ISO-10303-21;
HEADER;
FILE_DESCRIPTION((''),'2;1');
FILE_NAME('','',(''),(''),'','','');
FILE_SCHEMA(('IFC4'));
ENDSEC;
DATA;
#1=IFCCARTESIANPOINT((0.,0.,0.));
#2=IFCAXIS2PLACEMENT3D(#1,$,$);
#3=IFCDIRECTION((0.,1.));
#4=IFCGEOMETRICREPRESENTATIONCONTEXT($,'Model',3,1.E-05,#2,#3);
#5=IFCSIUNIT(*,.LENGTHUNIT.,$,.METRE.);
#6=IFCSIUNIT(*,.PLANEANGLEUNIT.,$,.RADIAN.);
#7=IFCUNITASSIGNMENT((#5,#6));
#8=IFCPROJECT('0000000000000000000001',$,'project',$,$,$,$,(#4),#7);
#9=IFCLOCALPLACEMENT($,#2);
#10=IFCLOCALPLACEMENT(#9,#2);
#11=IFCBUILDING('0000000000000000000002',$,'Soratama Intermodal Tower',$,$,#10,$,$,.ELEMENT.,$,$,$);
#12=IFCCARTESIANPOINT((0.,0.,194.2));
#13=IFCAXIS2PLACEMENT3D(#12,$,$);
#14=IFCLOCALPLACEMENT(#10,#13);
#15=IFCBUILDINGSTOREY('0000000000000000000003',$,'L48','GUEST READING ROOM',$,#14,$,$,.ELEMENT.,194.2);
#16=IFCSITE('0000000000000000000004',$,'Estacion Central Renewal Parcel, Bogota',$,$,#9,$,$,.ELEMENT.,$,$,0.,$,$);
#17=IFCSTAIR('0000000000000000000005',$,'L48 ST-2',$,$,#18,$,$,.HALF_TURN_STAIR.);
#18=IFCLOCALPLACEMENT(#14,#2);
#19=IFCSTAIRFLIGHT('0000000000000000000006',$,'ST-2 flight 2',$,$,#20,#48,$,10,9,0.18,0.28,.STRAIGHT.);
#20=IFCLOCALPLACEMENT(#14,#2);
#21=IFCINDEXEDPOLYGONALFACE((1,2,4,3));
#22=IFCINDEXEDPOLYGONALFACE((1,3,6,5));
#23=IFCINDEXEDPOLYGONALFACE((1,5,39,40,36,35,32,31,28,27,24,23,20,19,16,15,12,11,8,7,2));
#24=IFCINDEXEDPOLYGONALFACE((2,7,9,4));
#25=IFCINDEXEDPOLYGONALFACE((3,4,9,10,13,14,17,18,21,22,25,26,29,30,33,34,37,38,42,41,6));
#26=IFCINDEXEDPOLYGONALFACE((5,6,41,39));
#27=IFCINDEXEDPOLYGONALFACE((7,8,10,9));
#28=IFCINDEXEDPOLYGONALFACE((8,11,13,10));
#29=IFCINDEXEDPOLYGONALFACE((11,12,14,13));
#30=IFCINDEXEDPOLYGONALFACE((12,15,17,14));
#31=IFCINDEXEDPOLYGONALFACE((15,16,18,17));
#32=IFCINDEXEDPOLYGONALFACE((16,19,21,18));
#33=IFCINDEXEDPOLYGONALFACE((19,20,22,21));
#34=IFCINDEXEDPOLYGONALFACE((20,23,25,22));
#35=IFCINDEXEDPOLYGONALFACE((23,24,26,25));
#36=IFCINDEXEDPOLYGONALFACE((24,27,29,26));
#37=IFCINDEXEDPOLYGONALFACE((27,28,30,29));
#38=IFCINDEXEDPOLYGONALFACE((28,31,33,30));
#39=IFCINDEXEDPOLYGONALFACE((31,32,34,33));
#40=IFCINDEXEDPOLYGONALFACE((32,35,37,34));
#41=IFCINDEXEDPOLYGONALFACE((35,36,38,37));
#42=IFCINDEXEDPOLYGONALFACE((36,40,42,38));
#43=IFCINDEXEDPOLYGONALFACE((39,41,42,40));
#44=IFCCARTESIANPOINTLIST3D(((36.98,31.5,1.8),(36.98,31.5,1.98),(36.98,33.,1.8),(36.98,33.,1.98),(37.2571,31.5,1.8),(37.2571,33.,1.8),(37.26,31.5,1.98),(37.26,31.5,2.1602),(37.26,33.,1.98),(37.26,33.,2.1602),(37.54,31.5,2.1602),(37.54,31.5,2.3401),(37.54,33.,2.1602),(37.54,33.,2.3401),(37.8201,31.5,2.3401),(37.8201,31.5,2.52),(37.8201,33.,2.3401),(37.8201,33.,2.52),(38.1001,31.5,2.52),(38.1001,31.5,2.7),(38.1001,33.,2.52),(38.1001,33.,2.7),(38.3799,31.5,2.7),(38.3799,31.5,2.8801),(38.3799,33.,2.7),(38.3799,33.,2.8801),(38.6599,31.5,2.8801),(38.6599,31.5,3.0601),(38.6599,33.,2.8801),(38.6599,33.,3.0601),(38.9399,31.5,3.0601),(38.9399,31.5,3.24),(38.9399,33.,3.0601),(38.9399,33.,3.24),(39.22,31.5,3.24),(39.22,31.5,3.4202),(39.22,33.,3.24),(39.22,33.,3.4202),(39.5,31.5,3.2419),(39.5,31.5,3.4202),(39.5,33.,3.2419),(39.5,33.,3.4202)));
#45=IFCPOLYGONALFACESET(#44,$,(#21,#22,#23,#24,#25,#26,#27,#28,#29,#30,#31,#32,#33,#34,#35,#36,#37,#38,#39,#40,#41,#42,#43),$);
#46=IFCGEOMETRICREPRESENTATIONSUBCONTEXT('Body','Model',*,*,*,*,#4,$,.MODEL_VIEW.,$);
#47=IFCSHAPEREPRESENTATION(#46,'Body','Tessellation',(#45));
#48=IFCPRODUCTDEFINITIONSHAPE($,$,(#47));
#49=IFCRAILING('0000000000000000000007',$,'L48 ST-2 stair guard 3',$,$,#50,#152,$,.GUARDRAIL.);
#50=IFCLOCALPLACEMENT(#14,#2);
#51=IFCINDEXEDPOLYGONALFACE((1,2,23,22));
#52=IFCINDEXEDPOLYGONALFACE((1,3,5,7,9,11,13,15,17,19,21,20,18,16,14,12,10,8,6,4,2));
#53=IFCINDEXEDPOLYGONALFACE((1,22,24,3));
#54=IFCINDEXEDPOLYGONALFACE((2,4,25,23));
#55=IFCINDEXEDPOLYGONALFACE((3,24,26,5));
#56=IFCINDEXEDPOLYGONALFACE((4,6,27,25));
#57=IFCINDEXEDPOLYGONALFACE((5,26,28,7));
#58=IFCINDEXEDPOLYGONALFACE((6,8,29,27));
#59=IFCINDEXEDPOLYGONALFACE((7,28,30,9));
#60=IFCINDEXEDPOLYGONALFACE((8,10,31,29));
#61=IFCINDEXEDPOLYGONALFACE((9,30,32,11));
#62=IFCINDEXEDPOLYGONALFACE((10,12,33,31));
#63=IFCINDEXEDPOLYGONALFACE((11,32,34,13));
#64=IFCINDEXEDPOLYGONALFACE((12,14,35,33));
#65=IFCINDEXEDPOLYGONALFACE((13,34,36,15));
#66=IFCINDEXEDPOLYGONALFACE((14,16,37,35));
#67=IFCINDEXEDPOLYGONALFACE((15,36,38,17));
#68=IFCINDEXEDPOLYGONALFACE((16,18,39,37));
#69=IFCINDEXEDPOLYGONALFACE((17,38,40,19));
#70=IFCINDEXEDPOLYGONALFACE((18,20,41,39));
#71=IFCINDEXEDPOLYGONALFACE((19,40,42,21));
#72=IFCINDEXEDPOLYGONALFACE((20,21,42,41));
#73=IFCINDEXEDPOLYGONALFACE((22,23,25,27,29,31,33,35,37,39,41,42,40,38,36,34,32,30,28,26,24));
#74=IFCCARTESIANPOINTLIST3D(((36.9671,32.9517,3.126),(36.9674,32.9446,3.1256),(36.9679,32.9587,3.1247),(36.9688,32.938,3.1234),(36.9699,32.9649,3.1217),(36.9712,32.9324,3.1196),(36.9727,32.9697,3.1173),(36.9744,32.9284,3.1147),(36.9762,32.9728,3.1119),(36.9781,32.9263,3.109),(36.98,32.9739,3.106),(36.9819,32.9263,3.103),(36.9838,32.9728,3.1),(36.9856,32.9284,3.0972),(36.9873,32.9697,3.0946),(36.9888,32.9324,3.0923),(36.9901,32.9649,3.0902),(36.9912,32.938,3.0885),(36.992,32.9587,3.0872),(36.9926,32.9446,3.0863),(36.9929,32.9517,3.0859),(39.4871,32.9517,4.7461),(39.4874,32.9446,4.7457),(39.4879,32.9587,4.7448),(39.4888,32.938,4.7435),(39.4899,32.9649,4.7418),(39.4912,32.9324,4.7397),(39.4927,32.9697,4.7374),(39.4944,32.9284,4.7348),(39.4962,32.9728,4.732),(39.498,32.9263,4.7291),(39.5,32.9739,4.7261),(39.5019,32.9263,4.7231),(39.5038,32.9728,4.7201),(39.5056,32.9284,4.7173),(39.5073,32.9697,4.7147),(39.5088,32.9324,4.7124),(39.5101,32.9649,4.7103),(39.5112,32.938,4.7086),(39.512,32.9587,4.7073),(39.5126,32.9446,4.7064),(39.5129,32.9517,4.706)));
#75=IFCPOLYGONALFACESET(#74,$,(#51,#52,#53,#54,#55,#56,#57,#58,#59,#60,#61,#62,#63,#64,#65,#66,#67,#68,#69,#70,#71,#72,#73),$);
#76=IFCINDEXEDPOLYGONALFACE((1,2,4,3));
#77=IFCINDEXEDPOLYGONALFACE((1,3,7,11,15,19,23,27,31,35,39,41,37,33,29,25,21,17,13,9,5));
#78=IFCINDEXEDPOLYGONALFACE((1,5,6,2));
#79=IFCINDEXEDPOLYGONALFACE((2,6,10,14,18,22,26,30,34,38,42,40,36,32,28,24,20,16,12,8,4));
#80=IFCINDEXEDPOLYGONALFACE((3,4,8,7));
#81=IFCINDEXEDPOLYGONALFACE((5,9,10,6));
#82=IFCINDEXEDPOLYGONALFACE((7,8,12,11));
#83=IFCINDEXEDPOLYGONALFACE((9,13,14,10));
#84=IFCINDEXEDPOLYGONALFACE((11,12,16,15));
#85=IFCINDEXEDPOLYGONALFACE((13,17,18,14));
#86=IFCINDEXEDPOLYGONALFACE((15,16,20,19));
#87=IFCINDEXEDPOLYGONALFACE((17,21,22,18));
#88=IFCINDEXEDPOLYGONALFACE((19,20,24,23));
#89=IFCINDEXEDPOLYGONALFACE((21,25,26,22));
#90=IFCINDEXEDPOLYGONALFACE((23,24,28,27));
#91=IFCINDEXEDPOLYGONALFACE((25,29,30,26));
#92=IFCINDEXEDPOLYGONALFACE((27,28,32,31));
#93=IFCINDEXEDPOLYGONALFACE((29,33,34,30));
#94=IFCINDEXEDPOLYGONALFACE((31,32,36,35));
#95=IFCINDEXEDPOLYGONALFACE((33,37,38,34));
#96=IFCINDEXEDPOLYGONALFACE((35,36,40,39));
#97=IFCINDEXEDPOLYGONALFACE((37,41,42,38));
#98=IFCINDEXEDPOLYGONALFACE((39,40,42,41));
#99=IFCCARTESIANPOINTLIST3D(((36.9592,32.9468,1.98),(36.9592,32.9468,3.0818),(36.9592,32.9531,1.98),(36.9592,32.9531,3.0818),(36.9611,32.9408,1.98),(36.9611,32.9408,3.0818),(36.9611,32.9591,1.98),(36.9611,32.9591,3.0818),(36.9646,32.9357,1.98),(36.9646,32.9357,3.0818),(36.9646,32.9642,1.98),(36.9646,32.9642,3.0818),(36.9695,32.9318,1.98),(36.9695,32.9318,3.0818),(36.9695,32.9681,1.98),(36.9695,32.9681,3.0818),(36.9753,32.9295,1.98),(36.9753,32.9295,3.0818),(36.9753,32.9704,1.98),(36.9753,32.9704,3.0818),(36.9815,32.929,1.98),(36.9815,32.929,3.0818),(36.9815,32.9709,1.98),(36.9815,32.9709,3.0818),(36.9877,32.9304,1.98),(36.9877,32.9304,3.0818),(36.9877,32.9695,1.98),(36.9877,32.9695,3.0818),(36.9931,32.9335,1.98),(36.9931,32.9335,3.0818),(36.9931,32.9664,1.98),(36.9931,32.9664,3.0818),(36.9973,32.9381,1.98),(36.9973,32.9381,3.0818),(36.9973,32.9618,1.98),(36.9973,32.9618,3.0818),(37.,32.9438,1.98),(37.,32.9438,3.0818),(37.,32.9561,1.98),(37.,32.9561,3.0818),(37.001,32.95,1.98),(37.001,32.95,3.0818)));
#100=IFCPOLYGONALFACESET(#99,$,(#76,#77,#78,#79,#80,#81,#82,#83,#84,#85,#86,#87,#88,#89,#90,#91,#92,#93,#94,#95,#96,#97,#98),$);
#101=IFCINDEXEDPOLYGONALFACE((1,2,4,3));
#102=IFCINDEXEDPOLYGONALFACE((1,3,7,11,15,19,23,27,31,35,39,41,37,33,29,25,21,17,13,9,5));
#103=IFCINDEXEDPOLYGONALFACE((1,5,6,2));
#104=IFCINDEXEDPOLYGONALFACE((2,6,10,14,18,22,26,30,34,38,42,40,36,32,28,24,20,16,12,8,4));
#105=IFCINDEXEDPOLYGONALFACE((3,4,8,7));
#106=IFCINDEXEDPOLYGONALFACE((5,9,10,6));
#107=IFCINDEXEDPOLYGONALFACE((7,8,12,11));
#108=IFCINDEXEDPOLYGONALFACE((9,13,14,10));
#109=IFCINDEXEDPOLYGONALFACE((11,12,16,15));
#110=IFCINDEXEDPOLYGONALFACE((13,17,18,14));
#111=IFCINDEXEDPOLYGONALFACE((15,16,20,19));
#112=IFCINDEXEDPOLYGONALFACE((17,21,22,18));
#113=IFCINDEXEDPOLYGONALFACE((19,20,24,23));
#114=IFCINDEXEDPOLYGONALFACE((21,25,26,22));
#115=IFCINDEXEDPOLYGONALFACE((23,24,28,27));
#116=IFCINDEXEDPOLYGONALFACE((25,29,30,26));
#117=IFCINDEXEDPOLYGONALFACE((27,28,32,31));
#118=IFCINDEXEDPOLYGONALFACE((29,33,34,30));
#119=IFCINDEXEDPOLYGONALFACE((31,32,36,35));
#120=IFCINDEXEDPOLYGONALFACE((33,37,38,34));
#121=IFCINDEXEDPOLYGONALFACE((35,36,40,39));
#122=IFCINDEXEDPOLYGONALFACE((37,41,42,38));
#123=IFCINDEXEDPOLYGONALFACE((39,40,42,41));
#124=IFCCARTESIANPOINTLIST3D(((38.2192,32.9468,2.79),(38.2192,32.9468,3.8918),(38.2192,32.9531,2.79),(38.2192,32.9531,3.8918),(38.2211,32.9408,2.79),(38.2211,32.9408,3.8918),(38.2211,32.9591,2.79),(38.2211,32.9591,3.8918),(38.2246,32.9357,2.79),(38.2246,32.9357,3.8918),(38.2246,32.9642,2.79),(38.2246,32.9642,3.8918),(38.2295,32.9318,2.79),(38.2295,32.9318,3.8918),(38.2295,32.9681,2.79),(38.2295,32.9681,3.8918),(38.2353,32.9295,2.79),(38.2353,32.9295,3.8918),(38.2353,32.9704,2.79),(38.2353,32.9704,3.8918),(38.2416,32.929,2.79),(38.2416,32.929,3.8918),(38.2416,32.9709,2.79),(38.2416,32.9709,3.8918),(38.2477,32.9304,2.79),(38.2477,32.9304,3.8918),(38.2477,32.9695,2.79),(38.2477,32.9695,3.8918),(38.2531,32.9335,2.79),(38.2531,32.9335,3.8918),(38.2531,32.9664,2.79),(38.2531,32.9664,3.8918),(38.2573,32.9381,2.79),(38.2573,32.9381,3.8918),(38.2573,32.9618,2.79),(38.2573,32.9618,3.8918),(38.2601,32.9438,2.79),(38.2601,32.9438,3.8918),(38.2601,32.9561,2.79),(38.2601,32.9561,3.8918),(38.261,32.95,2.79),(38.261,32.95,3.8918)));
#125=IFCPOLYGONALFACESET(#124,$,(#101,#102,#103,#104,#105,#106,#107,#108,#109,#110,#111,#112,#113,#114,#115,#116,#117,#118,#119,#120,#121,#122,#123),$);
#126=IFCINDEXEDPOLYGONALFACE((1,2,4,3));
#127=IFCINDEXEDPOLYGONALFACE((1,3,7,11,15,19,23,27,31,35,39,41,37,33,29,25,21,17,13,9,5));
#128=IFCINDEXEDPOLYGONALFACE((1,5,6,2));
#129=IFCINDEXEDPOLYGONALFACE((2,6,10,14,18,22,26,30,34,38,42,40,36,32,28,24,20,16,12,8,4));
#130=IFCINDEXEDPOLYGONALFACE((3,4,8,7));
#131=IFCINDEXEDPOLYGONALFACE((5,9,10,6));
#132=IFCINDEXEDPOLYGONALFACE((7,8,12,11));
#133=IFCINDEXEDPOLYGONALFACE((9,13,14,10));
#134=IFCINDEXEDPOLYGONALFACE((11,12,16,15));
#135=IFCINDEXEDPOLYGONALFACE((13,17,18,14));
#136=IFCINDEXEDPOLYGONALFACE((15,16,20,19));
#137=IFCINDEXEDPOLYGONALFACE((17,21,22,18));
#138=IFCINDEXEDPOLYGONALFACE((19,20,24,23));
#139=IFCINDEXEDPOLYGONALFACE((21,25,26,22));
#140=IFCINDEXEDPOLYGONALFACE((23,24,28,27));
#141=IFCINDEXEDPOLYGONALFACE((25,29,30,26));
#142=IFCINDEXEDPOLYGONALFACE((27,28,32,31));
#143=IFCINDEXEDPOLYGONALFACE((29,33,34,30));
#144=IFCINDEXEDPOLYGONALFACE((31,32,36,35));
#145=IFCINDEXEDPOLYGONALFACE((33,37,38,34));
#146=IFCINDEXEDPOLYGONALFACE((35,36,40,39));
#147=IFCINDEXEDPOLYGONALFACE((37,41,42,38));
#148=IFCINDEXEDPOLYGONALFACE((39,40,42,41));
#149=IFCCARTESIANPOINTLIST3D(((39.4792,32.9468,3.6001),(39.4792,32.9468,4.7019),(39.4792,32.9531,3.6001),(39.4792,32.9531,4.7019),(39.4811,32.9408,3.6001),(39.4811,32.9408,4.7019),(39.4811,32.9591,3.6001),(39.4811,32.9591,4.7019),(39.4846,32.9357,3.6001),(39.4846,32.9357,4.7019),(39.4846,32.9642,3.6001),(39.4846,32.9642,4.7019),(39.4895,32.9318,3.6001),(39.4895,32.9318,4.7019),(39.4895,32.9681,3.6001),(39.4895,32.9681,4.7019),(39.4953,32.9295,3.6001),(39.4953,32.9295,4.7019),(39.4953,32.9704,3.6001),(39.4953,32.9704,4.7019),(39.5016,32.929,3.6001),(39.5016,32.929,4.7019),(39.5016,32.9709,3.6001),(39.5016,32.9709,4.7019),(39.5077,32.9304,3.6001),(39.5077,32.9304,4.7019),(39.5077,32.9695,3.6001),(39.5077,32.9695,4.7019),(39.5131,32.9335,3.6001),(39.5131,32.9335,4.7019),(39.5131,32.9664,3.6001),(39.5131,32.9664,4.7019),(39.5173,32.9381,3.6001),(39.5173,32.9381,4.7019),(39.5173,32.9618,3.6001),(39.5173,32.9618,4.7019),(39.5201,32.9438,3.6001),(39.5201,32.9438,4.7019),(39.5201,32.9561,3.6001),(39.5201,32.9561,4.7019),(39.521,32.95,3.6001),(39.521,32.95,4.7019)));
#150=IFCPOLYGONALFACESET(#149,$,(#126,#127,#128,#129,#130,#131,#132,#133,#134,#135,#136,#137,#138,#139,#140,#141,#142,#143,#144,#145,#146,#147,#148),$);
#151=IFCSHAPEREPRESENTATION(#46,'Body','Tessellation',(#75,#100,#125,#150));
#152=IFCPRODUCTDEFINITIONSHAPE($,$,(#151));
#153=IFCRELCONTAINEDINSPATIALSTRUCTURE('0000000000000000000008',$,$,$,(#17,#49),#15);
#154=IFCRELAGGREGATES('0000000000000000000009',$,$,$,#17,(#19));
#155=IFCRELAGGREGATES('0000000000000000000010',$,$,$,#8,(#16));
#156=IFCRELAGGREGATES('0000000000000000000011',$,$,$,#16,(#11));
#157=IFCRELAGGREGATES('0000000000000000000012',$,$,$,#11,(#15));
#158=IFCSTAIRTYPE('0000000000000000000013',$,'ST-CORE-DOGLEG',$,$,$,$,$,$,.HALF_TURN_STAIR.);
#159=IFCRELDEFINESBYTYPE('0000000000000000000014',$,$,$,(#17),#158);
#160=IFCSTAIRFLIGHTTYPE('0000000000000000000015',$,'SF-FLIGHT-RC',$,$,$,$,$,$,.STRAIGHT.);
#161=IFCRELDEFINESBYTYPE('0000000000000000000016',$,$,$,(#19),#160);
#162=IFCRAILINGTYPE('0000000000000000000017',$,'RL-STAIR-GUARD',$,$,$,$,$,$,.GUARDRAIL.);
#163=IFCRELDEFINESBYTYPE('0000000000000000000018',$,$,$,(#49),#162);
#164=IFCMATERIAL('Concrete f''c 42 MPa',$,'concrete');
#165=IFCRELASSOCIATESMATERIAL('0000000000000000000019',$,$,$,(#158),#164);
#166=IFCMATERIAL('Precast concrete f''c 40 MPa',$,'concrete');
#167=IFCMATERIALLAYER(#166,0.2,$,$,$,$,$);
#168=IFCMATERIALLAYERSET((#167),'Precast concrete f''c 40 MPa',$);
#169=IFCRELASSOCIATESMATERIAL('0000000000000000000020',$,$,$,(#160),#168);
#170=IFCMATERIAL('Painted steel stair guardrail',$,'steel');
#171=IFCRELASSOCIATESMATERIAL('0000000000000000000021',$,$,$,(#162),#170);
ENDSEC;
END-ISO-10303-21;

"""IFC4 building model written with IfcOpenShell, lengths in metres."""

from ifc_helpers import new_model, si_unit, direction, frame, origin, origin_2d, place, context, subcontext, project, spatial, polyline, circle, outline, extrude, material, layer, layer_set, type_object, element, aggregate, save


model = new_model("IFC4")

# Units and contexts
model_context = context("Model", 3, precision=1e-05, world=origin(), true_north=direction((0.0, 1.0)))
body_context = subcontext(model_context, "Body", "Model", "MODEL_VIEW")
ifc_project = project(units=[si_unit("LENGTHUNIT", "METRE"), si_unit("PLANEANGLEUNIT", "RADIAN")], contexts=[model_context])

# Site, building, storey
site_placement = place(None, origin())
site = spatial("IfcSite", under=ifc_project, at=site_placement, Name="Estacion Central Renewal Parcel, Bogota", CompositionType="ELEMENT", RefElevation=0.0)
building_placement = place(site_placement, origin())
building = spatial("IfcBuilding", under=site, at=building_placement, Name="Soratama Intermodal Tower", CompositionType="ELEMENT")
storey_placement = place(building_placement, frame((0.0, 0.0, 194.2)))
storey = spatial("IfcBuildingStorey", under=building, at=storey_placement, Name="L48", Description="GUEST READING ROOM", CompositionType="ELEMENT", Elevation=194.2)

# Stair, stair flight
ifc_material_1 = material(Name="Concrete f'c 42 MPa", Category="concrete")
stair_type = type_object("IfcStairType", Name="ST-CORE-DOGLEG", PredefinedType="HALF_TURN_STAIR", material=ifc_material_1)
stair_placement = place(storey_placement, origin())
stair = element("IfcStair", 1, at=stair_placement, inside=storey, type_object=stair_type, Name="L48 ST-2", PredefinedType="HALF_TURN_STAIR")
ifc_material_2 = material(Name="Precast concrete f'c 40 MPa", Category="concrete")
ifc_layer_1 = layer(ifc_material_2, 0.2)
ifc_layer_set_1 = layer_set([ifc_layer_1], Name="Precast concrete f'c 40 MPa")
stair_flight_type = type_object("IfcStairFlightType", Name="SF-FLIGHT-RC", PredefinedType="STRAIGHT", material=ifc_layer_set_1)
stair_flight_placement = place(storey_placement, frame((36.98, 32.25, 1.8), z_axis=(0.0, 0.0, 1.0), x_axis=(1.0, 0.0, 0.0)))
stair_flight = element("IfcStairFlight", 2, at=stair_flight_placement, type_object=stair_flight_type, Name="ST-2 flight 2", NumberOfRisers=10, NumberOfTreads=9, PredefinedType="STRAIGHT", RiserHeight=0.18, TreadLength=0.28, context=body_context, shape_type="SweptSolid", body=[
    extrude(outline(polyline([(0.0, 0.0), (0.0, 0.1799), (0.28, 0.1799), (0.28, 0.3601), (0.5601, 0.3601), (0.5601, 0.54), (0.8401, 0.54), (0.8401, 0.72), (1.1201, 0.72), (1.1201, 0.8999), (1.3999, 0.8999), (1.3999, 1.0801), (1.6799, 1.0801), (1.6799, 1.26), (1.96, 1.26), (1.96, 1.4399), (2.24, 1.4399), (2.24, 1.6201), (2.52, 1.6201), (2.52, 1.8), (2.52, 1.4419), (0.2771, 0.0), (0.0, 0.0)])), frame((0.0, 0.75, 0.0), z_axis=(0.0, -1.0, 0.0), x_axis=(1.0, 0.0, 0.0)), (0.0, 0.0, 1.0), 1.5),
])
aggregate(stair, [stair_flight])

# Railing
ifc_material_3 = material(Name="Painted steel stair guardrail", Category="steel")
railing_type_1 = type_object("IfcRailingType", Name="RL-STAIR-GUARD", PredefinedType="GUARDRAIL", material=ifc_material_3)
railing_1_placement = place(storey_placement, frame((36.98, 32.95, 1.98)))
element("IfcRailing", 3, at=railing_1_placement, inside=storey, type_object=railing_type_1, Name="L48 ST-2 stair guard 3", PredefinedType="GUARDRAIL", context=body_context, shape_type="SweptSolid", body=[
    extrude(circle(Radius=0.0239, at=origin_2d()), frame((0.0, 0.0, 1.126), z_axis=(0.841163, 0.0, 0.540782), x_axis=(0.0, 1.0, 0.0)), (0.0, 0.0, 1.0), 2.9958),
    extrude(circle(Radius=0.021, at=origin_2d()), origin(), (0.0, 0.0, 1.0), 1.1018),
    extrude(circle(Radius=0.021, at=origin_2d()), frame((1.26, 0.0, 0.8101)), (0.0, 0.0, 1.0), 1.1018),
    extrude(circle(Radius=0.021, at=origin_2d()), frame((2.52, 0.0, 1.6201)), (0.0, 0.0, 1.0), 1.1018),
])

save(model, "model.ifc")
